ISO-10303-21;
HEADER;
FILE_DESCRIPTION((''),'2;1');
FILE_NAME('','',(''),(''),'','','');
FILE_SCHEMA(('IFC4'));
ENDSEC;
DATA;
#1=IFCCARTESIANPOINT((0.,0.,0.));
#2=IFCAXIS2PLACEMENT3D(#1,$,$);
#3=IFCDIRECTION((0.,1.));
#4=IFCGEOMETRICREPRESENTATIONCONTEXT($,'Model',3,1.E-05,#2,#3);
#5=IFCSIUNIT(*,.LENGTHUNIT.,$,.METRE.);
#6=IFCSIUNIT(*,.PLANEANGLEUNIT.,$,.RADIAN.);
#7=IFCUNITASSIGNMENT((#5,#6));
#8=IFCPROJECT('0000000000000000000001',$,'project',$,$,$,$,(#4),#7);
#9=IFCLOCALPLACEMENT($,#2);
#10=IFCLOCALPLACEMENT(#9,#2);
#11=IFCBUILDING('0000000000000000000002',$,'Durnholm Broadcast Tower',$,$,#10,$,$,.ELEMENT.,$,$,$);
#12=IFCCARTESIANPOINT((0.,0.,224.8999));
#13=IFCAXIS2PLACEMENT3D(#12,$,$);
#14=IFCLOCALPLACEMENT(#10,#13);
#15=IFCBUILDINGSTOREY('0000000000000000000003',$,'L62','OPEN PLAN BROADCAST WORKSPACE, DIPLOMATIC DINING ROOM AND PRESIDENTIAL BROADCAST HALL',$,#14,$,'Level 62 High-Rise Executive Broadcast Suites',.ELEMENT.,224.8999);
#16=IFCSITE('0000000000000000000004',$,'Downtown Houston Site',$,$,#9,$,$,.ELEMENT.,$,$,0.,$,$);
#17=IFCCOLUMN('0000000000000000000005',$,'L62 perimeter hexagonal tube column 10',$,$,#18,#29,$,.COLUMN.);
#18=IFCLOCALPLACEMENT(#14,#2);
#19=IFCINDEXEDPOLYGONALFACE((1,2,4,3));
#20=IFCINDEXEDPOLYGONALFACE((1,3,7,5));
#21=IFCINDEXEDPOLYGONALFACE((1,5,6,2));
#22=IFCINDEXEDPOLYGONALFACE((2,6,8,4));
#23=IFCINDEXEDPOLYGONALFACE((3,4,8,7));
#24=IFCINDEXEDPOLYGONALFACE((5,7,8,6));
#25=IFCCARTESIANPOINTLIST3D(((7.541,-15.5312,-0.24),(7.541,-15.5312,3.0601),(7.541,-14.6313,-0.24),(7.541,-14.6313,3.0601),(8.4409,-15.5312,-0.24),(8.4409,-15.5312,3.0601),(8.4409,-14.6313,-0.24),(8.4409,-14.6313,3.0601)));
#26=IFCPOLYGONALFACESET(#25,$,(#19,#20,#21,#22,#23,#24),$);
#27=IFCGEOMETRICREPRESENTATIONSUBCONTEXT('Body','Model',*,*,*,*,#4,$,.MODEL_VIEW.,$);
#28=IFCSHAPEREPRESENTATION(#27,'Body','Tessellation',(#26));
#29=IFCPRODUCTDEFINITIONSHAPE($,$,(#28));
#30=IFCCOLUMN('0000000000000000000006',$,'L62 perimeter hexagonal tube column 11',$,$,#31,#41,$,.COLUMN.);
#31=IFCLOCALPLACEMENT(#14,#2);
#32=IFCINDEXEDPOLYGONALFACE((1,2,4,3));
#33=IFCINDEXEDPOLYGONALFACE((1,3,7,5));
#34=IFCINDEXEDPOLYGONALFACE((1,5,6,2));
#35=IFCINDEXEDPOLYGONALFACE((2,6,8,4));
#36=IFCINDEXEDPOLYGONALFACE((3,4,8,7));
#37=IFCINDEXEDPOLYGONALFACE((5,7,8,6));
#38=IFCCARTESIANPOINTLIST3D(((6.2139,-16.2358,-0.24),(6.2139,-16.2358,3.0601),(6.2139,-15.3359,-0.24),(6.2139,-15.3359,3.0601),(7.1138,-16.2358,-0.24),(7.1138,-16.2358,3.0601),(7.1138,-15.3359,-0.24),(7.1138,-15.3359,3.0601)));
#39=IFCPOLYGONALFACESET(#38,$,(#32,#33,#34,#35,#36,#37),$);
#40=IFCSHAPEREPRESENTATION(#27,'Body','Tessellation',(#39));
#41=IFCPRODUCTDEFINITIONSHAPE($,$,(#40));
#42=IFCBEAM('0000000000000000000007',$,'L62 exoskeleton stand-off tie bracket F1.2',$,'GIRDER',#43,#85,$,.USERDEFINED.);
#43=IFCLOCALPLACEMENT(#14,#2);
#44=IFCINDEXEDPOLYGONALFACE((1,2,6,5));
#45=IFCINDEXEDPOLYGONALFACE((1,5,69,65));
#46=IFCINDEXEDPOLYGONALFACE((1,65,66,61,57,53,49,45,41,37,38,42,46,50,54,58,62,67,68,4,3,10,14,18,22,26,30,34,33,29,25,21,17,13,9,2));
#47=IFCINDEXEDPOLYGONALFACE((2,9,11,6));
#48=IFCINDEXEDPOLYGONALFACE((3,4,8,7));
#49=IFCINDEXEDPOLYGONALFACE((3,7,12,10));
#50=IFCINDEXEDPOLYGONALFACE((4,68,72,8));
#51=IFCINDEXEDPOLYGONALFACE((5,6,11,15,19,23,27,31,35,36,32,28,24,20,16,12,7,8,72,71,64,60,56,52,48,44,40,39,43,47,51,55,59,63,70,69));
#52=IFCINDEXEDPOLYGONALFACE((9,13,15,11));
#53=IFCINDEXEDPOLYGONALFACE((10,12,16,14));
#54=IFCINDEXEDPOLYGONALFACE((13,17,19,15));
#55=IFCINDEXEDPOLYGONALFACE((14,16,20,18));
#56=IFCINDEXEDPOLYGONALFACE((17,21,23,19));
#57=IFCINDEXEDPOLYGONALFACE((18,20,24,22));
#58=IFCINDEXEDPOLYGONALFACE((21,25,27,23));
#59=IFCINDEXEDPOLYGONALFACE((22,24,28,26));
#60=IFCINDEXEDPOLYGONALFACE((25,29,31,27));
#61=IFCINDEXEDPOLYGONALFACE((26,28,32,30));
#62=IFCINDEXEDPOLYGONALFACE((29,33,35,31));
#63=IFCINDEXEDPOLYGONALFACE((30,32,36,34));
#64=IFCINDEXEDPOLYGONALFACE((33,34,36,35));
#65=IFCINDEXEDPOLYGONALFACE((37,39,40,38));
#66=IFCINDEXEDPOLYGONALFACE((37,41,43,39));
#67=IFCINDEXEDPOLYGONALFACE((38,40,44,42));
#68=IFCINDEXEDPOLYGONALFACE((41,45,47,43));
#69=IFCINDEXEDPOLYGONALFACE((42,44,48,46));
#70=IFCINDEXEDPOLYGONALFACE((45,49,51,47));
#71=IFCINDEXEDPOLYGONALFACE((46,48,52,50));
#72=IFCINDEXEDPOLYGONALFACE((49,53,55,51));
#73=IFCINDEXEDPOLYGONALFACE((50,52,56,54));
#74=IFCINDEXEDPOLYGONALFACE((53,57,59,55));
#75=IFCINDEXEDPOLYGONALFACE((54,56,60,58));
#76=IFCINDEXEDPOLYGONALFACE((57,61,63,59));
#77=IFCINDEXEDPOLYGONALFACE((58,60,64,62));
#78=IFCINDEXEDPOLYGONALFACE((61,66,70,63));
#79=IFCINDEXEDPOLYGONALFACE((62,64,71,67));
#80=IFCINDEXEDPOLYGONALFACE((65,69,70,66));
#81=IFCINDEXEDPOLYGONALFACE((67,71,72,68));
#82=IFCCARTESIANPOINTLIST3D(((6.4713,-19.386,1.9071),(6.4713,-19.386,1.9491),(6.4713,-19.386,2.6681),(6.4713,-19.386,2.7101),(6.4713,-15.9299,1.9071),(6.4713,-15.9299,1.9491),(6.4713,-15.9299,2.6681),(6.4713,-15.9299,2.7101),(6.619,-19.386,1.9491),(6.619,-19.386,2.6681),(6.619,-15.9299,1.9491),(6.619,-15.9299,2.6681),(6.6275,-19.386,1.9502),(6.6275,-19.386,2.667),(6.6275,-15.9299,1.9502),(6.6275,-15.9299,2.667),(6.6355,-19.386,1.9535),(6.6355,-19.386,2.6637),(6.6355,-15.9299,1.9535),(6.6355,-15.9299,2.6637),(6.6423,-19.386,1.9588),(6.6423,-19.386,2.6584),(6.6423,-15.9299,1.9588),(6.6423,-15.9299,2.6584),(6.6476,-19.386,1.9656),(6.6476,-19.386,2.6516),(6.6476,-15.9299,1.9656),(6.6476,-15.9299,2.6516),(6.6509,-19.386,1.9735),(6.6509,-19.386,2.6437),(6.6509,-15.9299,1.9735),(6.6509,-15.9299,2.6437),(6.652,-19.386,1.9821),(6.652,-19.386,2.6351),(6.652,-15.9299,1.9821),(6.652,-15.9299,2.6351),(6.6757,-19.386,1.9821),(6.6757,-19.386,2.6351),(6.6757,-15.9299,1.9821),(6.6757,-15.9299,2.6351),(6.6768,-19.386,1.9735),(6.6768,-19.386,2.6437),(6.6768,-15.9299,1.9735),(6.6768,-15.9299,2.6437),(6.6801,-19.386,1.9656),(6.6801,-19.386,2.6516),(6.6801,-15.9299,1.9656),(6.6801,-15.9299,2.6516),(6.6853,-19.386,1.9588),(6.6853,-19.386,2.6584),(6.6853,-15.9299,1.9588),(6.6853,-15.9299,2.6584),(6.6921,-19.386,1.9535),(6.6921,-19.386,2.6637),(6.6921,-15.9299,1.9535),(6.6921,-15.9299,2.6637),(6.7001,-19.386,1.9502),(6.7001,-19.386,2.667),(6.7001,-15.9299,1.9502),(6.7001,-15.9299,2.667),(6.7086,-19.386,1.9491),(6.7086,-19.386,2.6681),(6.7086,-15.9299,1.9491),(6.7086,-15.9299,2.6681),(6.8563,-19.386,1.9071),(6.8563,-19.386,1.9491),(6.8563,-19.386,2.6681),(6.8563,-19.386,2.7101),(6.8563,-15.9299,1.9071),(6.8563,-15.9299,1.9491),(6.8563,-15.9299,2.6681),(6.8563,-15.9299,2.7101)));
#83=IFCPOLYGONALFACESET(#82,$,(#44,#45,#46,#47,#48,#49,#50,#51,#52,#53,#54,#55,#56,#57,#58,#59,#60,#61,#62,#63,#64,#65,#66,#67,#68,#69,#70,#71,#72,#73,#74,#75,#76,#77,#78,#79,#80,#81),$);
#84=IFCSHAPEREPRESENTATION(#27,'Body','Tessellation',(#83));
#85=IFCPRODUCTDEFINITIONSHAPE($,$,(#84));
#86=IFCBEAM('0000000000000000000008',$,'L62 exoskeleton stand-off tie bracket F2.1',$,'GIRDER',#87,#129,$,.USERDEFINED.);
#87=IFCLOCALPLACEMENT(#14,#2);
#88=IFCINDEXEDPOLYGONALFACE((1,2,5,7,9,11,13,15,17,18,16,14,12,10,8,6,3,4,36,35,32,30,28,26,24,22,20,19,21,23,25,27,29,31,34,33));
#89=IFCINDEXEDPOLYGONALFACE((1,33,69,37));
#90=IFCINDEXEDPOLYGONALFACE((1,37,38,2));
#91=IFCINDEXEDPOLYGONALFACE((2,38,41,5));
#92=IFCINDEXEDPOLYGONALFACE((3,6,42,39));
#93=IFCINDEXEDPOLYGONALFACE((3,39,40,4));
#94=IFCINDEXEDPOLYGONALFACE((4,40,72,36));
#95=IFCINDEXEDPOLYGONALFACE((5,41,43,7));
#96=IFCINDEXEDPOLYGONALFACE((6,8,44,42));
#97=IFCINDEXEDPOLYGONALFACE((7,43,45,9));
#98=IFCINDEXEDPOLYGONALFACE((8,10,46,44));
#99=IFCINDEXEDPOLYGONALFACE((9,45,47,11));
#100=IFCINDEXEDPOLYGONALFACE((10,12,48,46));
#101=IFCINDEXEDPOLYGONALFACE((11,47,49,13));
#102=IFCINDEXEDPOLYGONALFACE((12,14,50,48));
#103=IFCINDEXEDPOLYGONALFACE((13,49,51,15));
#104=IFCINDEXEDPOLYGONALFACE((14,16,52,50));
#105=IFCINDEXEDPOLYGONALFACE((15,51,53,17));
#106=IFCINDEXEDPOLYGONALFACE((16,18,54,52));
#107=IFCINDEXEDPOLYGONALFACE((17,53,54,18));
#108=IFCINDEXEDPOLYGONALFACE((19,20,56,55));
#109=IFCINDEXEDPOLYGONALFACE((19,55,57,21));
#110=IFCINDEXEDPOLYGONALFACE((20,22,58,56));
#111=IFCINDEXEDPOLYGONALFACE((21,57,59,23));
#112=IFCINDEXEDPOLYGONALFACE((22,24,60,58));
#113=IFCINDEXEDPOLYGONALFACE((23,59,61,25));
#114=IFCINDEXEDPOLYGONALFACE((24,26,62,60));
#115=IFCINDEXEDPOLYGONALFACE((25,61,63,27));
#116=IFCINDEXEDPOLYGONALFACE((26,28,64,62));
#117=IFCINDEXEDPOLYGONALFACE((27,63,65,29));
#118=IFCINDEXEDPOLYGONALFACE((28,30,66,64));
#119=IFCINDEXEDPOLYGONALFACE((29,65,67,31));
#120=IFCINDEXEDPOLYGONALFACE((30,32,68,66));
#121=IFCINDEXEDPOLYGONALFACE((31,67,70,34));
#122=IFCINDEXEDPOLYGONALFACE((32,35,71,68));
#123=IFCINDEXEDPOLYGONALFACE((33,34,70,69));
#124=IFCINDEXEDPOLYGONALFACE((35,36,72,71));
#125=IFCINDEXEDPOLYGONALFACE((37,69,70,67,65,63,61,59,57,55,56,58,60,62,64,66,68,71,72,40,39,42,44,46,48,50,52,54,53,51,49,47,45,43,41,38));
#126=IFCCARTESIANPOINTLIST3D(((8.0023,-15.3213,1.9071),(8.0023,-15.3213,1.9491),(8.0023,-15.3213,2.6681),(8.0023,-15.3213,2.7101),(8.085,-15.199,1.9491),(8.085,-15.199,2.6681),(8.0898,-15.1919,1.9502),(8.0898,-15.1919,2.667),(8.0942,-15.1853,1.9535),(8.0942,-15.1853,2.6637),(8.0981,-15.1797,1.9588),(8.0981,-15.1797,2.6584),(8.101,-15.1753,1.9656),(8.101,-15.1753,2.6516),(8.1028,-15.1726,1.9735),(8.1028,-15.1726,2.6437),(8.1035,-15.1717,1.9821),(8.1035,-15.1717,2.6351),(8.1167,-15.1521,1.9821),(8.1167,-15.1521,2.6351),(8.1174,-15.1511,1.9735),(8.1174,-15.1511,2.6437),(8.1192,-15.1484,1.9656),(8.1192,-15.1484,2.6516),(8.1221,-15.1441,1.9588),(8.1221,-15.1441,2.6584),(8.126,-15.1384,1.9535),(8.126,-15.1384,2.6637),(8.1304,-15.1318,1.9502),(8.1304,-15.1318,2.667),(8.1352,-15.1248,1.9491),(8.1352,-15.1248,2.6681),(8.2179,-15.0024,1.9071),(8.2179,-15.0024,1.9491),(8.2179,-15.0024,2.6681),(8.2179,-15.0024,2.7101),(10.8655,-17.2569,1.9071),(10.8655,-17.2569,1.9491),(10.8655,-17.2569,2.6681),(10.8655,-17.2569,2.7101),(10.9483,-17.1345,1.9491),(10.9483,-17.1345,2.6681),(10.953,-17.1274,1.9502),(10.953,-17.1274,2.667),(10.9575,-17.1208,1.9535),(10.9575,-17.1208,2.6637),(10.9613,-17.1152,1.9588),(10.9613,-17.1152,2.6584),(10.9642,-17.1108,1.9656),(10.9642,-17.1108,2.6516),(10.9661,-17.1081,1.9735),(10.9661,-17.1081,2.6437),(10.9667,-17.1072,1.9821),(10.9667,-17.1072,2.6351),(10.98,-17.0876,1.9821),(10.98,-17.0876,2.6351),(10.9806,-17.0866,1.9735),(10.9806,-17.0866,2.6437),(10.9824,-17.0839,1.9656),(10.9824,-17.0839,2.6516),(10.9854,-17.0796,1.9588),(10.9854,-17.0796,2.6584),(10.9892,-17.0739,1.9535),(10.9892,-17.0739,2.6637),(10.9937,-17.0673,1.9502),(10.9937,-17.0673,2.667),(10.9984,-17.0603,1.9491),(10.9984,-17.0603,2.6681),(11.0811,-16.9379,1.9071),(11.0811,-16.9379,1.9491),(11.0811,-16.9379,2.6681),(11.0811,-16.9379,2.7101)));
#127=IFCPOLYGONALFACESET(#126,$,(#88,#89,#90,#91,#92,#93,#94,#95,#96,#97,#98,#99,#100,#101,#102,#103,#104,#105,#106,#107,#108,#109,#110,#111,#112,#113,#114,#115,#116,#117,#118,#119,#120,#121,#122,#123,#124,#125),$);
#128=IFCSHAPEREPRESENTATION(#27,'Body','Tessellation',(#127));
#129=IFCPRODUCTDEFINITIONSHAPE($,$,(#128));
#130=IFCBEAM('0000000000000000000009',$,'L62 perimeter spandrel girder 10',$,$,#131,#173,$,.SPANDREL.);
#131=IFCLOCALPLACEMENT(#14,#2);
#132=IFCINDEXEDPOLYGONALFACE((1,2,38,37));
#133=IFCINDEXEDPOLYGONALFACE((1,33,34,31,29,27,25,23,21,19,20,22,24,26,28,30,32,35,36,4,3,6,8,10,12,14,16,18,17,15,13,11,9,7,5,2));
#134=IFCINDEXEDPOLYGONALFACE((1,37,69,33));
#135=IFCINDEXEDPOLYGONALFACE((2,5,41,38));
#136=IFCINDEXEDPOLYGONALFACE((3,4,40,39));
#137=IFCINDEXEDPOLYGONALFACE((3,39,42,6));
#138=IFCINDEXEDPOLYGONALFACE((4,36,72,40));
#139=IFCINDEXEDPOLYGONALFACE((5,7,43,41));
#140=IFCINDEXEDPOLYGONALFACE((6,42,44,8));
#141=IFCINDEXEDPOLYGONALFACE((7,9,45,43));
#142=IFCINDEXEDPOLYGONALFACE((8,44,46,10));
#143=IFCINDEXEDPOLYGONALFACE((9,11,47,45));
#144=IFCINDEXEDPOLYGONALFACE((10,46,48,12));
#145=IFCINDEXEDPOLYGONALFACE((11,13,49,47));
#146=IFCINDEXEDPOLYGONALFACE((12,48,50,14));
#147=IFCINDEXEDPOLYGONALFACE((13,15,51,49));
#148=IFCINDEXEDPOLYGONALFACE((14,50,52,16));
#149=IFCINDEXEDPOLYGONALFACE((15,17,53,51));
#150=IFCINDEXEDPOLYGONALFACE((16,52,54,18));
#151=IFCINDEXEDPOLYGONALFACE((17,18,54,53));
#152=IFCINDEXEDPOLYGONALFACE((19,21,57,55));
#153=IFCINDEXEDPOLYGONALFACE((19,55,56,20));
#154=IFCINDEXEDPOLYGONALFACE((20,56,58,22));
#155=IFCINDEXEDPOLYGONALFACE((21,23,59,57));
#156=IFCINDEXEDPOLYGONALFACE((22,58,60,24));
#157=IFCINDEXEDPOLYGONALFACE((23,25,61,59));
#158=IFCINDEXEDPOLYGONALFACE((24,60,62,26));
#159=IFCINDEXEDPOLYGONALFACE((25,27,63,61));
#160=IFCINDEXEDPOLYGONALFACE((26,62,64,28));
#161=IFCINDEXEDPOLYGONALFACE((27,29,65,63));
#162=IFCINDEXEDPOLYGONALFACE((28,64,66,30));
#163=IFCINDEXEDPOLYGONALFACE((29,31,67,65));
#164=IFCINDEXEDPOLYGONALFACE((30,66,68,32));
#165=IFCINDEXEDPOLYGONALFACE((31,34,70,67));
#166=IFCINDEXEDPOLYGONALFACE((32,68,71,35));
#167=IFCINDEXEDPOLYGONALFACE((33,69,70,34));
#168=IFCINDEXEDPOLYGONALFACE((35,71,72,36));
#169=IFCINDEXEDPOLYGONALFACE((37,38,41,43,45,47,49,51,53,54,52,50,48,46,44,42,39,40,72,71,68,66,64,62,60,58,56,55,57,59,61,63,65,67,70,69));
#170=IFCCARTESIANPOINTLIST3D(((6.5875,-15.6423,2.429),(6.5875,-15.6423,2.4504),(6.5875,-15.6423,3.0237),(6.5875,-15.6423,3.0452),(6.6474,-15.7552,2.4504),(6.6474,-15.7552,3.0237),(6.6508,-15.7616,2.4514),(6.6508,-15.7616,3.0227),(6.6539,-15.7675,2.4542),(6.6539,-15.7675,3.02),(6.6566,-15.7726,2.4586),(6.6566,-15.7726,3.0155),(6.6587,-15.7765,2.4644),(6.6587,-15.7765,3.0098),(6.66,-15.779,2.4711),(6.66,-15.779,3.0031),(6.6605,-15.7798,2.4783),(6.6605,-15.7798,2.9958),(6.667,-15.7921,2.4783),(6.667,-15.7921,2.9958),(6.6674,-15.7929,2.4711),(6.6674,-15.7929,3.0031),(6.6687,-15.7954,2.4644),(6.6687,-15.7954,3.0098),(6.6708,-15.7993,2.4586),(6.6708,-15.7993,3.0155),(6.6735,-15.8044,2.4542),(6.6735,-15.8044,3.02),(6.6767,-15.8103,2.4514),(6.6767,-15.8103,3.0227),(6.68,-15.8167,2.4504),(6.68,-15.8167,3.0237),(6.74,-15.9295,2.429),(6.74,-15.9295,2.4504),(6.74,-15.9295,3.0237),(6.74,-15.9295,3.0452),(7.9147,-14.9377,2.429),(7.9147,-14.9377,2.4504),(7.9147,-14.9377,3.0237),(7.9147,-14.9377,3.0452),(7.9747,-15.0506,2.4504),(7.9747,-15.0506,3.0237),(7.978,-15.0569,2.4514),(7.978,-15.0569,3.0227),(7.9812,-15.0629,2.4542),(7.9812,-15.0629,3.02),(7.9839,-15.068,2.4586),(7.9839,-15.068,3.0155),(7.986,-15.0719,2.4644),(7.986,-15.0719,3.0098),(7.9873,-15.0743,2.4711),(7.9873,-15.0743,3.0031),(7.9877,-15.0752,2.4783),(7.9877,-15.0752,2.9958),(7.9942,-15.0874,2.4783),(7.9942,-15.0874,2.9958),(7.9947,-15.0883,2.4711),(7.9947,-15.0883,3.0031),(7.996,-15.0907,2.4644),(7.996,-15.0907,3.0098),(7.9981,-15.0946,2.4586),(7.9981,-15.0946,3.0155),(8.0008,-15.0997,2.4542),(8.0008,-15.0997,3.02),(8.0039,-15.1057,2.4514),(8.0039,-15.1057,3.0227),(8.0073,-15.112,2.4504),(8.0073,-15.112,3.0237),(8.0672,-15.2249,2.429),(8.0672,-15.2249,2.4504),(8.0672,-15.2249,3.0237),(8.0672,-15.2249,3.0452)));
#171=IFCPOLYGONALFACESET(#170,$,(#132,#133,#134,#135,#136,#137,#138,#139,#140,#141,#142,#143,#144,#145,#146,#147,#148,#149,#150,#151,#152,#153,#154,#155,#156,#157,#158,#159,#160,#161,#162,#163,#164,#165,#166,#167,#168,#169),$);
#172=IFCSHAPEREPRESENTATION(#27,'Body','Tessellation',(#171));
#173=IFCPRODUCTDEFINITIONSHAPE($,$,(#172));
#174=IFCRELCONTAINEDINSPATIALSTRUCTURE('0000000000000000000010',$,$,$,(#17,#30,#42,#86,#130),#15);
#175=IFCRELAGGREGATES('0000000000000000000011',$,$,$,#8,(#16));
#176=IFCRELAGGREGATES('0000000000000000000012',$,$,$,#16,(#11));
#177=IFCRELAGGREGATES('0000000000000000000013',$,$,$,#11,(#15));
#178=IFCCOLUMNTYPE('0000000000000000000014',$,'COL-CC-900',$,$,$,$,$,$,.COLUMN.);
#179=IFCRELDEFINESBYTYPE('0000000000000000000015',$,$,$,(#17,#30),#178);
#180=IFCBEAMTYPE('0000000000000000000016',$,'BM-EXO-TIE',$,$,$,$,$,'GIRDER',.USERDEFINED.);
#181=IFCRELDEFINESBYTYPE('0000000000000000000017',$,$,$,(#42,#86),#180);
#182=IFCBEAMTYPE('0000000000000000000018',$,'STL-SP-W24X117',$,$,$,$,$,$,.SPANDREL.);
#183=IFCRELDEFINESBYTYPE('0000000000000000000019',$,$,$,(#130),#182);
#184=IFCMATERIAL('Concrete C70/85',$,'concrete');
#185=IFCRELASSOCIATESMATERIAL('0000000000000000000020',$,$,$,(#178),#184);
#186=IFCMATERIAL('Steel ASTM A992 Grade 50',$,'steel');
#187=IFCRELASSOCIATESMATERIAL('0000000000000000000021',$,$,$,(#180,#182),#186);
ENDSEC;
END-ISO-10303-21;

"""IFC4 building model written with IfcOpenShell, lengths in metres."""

from ifc_helpers import new_model, si_unit, direction, frame, origin, origin_2d, place, context, subcontext, project, spatial, rectangle, i_section, extrude, source, transform, mapped, material, material_profile, profile_set, type_object, type_shapes, element, save


model = new_model("IFC4")

# Units and contexts
model_context = context("Model", 3, precision=1e-05, world=origin(), true_north=direction((0.0, 1.0)))
body_context = subcontext(model_context, "Body", "Model", "MODEL_VIEW")
ifc_project = project(units=[si_unit("LENGTHUNIT", "METRE"), si_unit("PLANEANGLEUNIT", "RADIAN")], contexts=[model_context])

# Site, building, storey
site_placement = place(None, origin())
site = spatial("IfcSite", under=ifc_project, at=site_placement, Name="Downtown Houston Site", CompositionType="ELEMENT", RefElevation=0.0)
building_placement = place(site_placement, origin())
building = spatial("IfcBuilding", under=site, at=building_placement, Name="Durnholm Broadcast Tower", CompositionType="ELEMENT")
storey_placement = place(building_placement, frame((0.0, 0.0, 224.8999)))
storey = spatial("IfcBuildingStorey", under=building, at=storey_placement, Name="L62", Description="OPEN PLAN BROADCAST WORKSPACE, DIPLOMATIC DINING ROOM AND PRESIDENTIAL BROADCAST HALL", LongName="Level 62 High-Rise Executive Broadcast Suites", CompositionType="ELEMENT", Elevation=224.8999)

# Columns
ifc_material_1 = material(Name="Concrete C70/85", Category="concrete")
ifc_material_profile_1 = material_profile(ifc_material_1, rectangle(XDim=0.8999, YDim=0.8999, at=origin_2d()), Name="RC900X900")
ifc_profile_set_1 = profile_set([ifc_material_profile_1], Name="Concrete C70/85")
column_type = type_object("IfcColumnType", Name="COL-CC-900", PredefinedType="COLUMN", material=ifc_profile_set_1)
shared_shape_1 = source(origin(), body_context, "Body", "SweptSolid", [
    extrude(rectangle(XDim=0.8999, YDim=0.8999, at=origin_2d()), origin(), (0.0, 0.0, 1.0), 3.3),
])
type_shapes(column_type, [shared_shape_1])
for number, where, z_axis, x_axis, name in (
    (1, (7.991, -15.0813, -0.24), (0.0, 0.0, 1.0), (1.0, 0.0, 0.0), "L62 perimeter hexagonal tube column 10"),
    (2, (6.6638, -15.7859, -0.24), (0.0, 0.0, 1.0), (1.0, 0.0, 0.0), "L62 perimeter hexagonal tube column 11"),
):
    element("IfcColumn", number, at=place(storey_placement, frame(where, z_axis=z_axis, x_axis=x_axis)), inside=storey, type_object=column_type, Name=name, PredefinedType="COLUMN", context=body_context, shape_type="MappedRepresentation", body=[
        mapped(shared_shape_1, transform((0.0, 0.0, 0.0), x_axis=(1.0, 0.0, 0.0), y_axis=(0.0, 1.0, 0.0), z_axis=(0.0, 0.0, 1.0), scale=1.0)),
    ])

# Beams
ifc_material_2 = material(Name="Steel ASTM A992 Grade 50", Category="steel")
ifc_material_profile_2 = material_profile(ifc_material_2, i_section(OverallWidth=0.385, OverallDepth=0.803, WebThickness=0.0237, FlangeThickness=0.042, FilletRadius=0.033, at=origin_2d()), Name="W30X261")
ifc_profile_set_2 = profile_set([ifc_material_profile_2], Name="Steel ASTM A992 Grade 50")
beam_type_1 = type_object("IfcBeamType", Name="BM-EXO-TIE", ElementType="GIRDER", PredefinedType="USERDEFINED", material=ifc_profile_set_2)
shared_shape_2 = source(origin(), body_context, "Body", "SweptSolid", [
    extrude(i_section(OverallWidth=0.385, OverallDepth=0.803, WebThickness=0.0237, FlangeThickness=0.042, FilletRadius=0.033, at=origin_2d()), origin(), (0.0, 0.0, 1.0), 3.4561),
])
for number, where, z_axis, x_axis, name in (
    (3, (6.6638, -15.9299, 2.3086), (0.0, -1.0, 0.0), (1.0, 0.0, 0.0), "L62 exoskeleton stand-off tie bracket F1.2"),
    (4, (8.1101, -15.1619, 2.3086), (0.828468, -0.560036, 0.0), (0.560036, 0.828468, 0.0), "L62 exoskeleton stand-off tie bracket F2.1"),
):
    element("IfcBeam", number, at=place(storey_placement, frame(where, z_axis=z_axis, x_axis=x_axis)), inside=storey, type_object=beam_type_1, Name=name, ObjectType="GIRDER", PredefinedType="USERDEFINED", context=body_context, shape_type="MappedRepresentation", body=[
        mapped(shared_shape_2, transform((0.0, 0.0, 0.0), x_axis=(1.0, 0.0, 0.0), y_axis=(0.0, 1.0, 0.0), z_axis=(0.0, 0.0, 1.0), scale=1.0)),
    ])
ifc_material_profile_3 = material_profile(ifc_material_2, i_section(OverallWidth=0.3252, OverallDepth=0.6162, WebThickness=0.0139, FlangeThickness=0.0215, FilletRadius=0.0278, at=origin_2d()), Name="W24X117")
ifc_profile_set_3 = profile_set([ifc_material_profile_3], Name="Steel ASTM A992 Grade 50")
beam_type_2 = type_object("IfcBeamType", Name="STL-SP-W24X117", PredefinedType="SPANDREL", material=ifc_profile_set_3)
shared_shape_3 = source(origin(), body_context, "Body", "SweptSolid", [
    extrude(i_section(OverallWidth=0.3252, OverallDepth=0.6162, WebThickness=0.0139, FlangeThickness=0.0215, FilletRadius=0.0278, at=origin_2d()), origin(), (0.0, 0.0, 1.0), 1.5027),
])
beam_1_placement = place(storey_placement, frame((7.991, -15.0813, 2.7371), z_axis=(-0.883242, -0.468918, 0.0), x_axis=(0.468918, -0.883242, 0.0)))
element("IfcBeam", 5, at=beam_1_placement, inside=storey, type_object=beam_type_2, Name="L62 perimeter spandrel girder 10", PredefinedType="SPANDREL", context=body_context, shape_type="MappedRepresentation", body=[
    mapped(shared_shape_3, transform((0.0, 0.0, 0.0), x_axis=(1.0, 0.0, 0.0), y_axis=(0.0, 1.0, 0.0), z_axis=(0.0, 0.0, 1.0), scale=1.0)),
])

save(model, "model.ifc")
